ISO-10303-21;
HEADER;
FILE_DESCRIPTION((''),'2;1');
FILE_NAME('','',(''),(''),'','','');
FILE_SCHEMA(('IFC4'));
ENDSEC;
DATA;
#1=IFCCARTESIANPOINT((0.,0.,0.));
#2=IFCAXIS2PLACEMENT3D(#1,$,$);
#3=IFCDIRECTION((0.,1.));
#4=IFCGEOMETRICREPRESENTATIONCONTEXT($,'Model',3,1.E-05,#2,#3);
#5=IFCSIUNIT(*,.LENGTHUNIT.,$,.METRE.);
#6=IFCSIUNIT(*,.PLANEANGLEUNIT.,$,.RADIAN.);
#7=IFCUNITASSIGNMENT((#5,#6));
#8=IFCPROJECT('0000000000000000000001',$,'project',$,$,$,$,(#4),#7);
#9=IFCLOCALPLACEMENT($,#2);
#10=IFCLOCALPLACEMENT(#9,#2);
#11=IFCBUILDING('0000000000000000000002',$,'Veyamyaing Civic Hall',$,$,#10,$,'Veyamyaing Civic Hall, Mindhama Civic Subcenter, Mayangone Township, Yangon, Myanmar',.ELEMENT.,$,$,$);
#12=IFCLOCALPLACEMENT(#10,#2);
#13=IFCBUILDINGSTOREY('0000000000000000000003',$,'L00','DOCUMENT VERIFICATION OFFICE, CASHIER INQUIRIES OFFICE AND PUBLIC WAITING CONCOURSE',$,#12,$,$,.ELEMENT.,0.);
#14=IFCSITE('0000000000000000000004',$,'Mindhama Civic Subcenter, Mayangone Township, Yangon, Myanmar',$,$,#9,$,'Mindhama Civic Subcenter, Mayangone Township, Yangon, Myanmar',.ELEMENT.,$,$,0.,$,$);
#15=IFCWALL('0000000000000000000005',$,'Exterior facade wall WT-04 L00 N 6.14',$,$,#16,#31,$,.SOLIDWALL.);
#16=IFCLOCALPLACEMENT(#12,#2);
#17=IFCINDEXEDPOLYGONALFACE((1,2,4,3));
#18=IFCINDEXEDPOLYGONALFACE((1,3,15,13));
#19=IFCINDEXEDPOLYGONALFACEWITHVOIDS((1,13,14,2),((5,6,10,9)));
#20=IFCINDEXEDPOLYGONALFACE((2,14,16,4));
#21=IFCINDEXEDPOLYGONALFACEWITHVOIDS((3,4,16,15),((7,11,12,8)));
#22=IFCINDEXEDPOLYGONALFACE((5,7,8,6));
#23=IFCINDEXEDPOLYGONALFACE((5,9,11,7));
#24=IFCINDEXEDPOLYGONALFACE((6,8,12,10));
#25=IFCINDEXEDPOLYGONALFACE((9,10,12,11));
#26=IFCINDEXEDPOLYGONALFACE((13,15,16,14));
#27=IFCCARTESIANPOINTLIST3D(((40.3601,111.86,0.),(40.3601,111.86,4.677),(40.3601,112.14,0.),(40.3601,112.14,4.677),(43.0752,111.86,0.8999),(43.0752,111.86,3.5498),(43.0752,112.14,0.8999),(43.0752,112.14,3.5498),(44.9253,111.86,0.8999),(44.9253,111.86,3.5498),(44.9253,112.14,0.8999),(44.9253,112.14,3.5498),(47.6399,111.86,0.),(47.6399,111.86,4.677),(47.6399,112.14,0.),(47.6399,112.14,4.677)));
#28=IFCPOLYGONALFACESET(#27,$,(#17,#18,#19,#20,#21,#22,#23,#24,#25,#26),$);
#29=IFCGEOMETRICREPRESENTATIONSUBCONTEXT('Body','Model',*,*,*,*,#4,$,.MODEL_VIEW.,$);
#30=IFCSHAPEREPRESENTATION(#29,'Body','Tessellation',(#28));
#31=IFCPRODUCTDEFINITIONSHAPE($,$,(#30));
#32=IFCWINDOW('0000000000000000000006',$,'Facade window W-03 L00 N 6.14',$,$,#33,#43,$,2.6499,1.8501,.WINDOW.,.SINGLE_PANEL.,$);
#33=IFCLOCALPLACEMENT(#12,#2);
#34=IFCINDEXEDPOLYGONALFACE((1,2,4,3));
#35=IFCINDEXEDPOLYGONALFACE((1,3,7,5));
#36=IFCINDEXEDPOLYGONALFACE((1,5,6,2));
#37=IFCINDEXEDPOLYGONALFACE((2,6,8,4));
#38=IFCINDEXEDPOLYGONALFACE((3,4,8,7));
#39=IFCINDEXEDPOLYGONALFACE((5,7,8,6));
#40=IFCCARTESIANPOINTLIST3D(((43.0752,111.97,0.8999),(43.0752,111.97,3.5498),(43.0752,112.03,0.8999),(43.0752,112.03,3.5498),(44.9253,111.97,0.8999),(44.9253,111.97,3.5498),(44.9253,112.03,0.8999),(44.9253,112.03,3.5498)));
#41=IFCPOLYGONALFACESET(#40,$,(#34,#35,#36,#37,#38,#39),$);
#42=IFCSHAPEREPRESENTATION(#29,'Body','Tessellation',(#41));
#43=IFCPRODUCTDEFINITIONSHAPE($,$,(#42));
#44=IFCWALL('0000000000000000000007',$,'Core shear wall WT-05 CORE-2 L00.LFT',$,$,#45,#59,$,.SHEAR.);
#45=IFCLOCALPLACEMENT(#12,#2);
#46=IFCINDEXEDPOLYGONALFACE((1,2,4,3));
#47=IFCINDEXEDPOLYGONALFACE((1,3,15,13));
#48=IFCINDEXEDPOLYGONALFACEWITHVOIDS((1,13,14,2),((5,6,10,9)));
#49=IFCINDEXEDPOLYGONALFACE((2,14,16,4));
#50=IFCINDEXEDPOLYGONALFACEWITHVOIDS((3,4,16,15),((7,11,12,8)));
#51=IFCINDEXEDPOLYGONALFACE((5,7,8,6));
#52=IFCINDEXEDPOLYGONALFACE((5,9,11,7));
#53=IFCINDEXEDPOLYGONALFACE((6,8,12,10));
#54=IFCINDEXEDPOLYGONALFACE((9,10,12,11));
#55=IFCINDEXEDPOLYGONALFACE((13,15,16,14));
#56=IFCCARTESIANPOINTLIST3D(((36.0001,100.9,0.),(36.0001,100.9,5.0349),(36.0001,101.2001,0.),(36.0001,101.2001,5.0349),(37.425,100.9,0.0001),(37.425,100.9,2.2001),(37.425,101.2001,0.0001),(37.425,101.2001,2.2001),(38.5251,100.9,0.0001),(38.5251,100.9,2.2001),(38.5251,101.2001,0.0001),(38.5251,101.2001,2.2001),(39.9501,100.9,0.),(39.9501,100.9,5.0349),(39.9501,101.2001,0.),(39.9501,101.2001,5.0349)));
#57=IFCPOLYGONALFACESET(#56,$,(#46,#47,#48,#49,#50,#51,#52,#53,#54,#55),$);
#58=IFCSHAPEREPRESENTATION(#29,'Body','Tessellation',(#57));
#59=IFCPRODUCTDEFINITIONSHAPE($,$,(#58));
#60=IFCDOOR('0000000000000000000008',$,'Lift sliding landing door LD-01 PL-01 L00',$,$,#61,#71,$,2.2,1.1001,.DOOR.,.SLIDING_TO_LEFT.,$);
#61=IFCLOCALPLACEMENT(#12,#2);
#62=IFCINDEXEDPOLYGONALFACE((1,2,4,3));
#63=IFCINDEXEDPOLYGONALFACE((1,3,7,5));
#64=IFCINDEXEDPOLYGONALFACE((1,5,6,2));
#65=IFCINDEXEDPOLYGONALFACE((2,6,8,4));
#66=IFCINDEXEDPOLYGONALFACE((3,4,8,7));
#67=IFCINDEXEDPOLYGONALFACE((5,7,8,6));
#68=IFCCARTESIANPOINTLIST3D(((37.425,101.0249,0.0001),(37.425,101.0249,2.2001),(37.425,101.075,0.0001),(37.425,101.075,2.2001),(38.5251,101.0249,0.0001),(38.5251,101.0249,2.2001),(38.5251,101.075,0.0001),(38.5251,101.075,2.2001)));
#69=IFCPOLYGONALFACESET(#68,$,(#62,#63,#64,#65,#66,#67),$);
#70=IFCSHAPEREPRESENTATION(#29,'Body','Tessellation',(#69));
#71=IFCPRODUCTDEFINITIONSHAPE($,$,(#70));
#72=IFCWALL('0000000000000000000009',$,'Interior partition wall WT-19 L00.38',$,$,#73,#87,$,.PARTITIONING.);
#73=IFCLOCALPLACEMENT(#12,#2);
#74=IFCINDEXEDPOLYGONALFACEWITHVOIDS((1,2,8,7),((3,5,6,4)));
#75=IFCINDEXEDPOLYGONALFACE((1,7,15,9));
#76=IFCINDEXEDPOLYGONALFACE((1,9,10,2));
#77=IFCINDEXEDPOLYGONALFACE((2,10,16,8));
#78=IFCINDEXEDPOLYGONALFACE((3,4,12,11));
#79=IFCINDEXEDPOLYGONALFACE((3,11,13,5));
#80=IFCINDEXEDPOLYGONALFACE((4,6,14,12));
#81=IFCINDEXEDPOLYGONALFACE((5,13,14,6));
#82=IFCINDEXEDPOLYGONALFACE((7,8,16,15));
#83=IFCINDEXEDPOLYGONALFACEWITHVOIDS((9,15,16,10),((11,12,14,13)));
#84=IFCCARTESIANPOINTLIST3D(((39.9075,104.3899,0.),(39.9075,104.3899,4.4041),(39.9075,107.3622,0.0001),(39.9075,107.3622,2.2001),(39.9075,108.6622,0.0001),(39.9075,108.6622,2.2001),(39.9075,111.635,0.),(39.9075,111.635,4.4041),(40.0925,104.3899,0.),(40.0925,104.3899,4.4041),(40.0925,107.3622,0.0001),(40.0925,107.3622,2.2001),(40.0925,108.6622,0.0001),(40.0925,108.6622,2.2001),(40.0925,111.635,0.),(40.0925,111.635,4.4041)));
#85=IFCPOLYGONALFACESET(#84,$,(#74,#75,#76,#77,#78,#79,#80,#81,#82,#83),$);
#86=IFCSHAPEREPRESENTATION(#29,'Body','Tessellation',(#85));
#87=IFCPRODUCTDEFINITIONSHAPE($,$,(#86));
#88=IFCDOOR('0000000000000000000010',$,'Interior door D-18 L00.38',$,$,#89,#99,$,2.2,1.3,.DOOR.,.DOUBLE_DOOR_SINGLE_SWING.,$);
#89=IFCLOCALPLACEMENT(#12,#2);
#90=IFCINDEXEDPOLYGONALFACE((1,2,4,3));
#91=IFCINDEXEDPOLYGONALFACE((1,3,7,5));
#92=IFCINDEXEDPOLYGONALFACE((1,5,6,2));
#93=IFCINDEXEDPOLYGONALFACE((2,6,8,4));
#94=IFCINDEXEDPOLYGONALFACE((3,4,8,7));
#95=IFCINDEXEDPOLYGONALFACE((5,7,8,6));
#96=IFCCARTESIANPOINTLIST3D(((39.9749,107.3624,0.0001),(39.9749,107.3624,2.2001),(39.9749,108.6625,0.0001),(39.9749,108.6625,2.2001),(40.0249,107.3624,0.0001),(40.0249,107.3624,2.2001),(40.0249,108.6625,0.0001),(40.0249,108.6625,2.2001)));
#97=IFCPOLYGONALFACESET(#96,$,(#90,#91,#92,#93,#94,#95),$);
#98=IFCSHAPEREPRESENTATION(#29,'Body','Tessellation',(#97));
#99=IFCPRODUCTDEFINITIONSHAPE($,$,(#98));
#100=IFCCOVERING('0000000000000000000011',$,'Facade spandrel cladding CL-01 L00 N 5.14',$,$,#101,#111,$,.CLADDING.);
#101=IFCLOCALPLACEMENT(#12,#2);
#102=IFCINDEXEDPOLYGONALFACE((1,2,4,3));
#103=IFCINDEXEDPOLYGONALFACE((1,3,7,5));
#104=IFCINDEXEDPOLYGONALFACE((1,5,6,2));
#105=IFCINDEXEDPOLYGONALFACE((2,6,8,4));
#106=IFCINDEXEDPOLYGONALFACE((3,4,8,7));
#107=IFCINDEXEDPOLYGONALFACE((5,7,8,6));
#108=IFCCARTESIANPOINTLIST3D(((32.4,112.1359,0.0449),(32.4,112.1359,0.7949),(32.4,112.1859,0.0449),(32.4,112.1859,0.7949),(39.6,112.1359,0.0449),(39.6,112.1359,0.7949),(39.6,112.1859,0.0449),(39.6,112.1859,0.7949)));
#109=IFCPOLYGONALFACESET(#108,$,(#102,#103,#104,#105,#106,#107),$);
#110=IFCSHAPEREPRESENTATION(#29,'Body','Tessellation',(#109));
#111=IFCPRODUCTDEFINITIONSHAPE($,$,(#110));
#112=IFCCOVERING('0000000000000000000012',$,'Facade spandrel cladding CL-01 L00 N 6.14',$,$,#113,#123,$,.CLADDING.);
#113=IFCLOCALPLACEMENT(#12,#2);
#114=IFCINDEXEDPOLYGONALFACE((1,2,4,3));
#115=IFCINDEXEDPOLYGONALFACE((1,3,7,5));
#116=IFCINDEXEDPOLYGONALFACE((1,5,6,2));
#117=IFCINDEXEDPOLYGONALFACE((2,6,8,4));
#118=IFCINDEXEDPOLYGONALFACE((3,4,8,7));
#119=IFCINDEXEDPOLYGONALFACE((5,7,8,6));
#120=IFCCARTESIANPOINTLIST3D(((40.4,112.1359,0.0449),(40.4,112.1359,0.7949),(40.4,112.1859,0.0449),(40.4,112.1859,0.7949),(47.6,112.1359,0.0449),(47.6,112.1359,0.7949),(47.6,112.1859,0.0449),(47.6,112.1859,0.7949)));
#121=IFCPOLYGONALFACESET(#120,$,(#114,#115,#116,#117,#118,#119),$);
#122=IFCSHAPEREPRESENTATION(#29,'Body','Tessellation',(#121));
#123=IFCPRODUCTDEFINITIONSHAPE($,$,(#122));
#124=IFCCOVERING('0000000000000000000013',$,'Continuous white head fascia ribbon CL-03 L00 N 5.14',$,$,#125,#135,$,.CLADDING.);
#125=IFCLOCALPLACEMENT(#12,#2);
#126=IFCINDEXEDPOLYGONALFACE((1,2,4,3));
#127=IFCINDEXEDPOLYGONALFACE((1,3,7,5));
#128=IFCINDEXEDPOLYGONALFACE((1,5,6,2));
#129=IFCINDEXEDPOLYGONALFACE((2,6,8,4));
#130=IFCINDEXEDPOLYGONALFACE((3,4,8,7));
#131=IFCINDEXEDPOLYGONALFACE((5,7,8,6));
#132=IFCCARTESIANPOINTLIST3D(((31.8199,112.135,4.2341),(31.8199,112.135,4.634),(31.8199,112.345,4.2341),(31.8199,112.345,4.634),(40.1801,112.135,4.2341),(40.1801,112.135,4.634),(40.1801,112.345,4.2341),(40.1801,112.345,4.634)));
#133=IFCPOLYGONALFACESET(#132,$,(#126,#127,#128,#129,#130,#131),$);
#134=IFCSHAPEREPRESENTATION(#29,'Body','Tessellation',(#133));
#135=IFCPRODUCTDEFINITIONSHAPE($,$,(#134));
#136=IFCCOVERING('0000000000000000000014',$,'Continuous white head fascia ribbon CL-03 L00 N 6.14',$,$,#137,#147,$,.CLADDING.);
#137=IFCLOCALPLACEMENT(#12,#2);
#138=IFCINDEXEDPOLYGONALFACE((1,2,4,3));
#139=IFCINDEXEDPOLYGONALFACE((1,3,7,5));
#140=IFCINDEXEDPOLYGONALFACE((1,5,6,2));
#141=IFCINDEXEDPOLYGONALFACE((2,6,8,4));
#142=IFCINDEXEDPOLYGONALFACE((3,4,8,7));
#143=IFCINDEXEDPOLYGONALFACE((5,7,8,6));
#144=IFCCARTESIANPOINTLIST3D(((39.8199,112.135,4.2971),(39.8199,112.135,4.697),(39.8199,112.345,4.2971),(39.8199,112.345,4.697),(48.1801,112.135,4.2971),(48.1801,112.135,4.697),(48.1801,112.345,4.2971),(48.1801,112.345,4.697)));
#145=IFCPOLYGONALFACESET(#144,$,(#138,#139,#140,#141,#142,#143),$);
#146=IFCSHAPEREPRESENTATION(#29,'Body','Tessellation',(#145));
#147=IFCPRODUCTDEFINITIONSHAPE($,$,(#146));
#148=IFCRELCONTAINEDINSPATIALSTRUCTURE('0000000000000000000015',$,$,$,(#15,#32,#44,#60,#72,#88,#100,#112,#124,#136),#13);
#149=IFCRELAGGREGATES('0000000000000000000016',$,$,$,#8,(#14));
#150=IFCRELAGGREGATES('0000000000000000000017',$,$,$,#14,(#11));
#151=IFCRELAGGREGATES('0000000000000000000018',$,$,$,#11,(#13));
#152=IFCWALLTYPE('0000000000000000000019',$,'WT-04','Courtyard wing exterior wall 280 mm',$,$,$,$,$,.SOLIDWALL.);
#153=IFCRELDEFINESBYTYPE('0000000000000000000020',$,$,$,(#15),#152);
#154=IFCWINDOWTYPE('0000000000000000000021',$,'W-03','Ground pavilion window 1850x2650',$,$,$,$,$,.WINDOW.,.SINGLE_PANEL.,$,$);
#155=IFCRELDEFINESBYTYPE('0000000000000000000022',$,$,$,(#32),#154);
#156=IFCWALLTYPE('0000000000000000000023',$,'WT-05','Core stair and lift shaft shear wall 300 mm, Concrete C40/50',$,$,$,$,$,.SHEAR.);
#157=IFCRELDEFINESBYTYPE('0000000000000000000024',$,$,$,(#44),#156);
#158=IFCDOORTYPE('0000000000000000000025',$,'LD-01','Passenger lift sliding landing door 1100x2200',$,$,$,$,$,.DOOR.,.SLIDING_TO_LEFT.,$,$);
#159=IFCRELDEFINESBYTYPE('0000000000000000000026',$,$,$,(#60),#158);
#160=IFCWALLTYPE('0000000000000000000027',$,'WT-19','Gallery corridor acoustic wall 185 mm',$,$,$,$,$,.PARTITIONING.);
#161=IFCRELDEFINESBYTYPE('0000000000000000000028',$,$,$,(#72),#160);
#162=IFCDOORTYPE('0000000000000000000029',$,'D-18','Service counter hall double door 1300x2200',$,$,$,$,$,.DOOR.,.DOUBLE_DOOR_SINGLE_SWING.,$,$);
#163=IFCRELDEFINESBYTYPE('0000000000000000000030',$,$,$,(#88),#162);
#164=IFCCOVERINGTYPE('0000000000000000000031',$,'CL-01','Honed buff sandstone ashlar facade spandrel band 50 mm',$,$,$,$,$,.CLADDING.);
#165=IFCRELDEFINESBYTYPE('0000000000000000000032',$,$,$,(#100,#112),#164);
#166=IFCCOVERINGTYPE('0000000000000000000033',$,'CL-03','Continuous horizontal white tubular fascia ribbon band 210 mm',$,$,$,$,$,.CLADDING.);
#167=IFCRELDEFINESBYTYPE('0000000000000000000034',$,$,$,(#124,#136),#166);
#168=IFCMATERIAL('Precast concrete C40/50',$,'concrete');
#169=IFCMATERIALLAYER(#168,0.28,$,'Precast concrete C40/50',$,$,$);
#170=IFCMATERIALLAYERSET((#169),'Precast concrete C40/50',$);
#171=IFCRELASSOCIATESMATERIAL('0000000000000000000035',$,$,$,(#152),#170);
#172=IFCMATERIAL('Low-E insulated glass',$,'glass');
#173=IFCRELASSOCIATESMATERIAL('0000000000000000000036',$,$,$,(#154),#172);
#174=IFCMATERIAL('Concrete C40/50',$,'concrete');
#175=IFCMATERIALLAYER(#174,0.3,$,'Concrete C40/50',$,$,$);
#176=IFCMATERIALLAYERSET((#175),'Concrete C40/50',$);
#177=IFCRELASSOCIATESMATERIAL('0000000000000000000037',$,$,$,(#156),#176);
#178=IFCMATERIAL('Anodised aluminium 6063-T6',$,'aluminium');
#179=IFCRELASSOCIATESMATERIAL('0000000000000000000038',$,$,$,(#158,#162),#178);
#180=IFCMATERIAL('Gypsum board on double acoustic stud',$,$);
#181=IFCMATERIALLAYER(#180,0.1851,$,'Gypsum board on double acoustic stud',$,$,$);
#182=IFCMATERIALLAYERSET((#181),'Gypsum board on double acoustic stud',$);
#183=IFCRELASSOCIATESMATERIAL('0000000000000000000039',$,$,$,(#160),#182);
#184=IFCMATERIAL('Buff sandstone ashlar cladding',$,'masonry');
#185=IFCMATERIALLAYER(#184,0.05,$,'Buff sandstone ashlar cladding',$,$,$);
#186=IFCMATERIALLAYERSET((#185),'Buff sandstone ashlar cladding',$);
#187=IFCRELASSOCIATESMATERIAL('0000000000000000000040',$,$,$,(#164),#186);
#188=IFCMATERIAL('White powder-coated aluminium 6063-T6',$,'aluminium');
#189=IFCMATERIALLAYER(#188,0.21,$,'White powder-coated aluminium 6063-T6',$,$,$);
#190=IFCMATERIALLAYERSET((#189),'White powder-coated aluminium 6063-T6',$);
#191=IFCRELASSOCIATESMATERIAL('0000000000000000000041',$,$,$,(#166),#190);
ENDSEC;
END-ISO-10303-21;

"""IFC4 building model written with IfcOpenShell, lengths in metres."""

from ifc_helpers import new_model, si_unit, direction, frame, frame_2d, origin, origin_2d, place, context, subcontext, project, spatial, rectangle, extrude, material, layer, layer_set, type_object, element, fill, save


model = new_model("IFC4")

# Units and contexts
model_context = context("Model", 3, precision=1e-05, world=origin(), true_north=direction((0.0, 1.0)))
body_context = subcontext(model_context, "Body", "Model", "MODEL_VIEW")
ifc_project = project(units=[si_unit("LENGTHUNIT", "METRE"), si_unit("PLANEANGLEUNIT", "RADIAN")], contexts=[model_context])

# Site, building, storey
site_placement = place(None, origin())
site = spatial("IfcSite", under=ifc_project, at=site_placement, Name="Mindhama Civic Subcenter, Mayangone Township, Yangon, Myanmar", LongName="Mindhama Civic Subcenter, Mayangone Township, Yangon, Myanmar", CompositionType="ELEMENT", RefElevation=0.0)
building_placement = place(site_placement, origin())
building = spatial("IfcBuilding", under=site, at=building_placement, Name="Veyamyaing Civic Hall", LongName="Veyamyaing Civic Hall, Mindhama Civic Subcenter, Mayangone Township, Yangon, Myanmar", CompositionType="ELEMENT")
storey_placement = place(building_placement, origin())
storey = spatial("IfcBuildingStorey", under=building, at=storey_placement, Name="L00", Description="DOCUMENT VERIFICATION OFFICE, CASHIER INQUIRIES OFFICE AND PUBLIC WAITING CONCOURSE", CompositionType="ELEMENT", Elevation=0.0)

# Shared definitions
ifc_material_1 = material(Name="Anodised aluminium 6063-T6", Category="aluminium")

# Shared definitions
ifc_material_2 = material(Name="Low-E insulated glass", Category="glass")

# Wall, opening, window
ifc_material_3 = material(Name="Precast concrete C40/50", Category="concrete")
ifc_layer_1 = layer(ifc_material_3, 0.28, Name="Precast concrete C40/50")
ifc_layer_set_1 = layer_set([ifc_layer_1], Name="Precast concrete C40/50")
wall_type_1 = type_object("IfcWallType", Name="WT-04", Description="Courtyard wing exterior wall 280 mm", PredefinedType="SOLIDWALL", material=ifc_layer_set_1)
wall_1_placement = place(storey_placement, frame((40.3601, 112.0, 0.0), z_axis=(0.0, 0.0, 1.0), x_axis=(1.0, 0.0, 0.0)))
wall_1 = element("IfcWall", 1, at=wall_1_placement, inside=storey, type_object=wall_type_1, Name="Exterior facade wall WT-04 L00 N 6.14", PredefinedType="SOLIDWALL", context=body_context, shape_type="SweptSolid", body=[
    extrude(rectangle(XDim=7.2798, YDim=0.28, at=frame_2d((3.6399, 0.0))), origin(), (0.0, 0.0, 1.0), 4.677),
])
opening_1_placement = place(wall_1_placement, frame((2.7151, 0.0, 0.8999)))
opening_1 = element("IfcOpeningElement", 2, at=opening_1_placement, cuts=wall_1, PredefinedType="OPENING", context=body_context, shape_type="SweptSolid", body=[
    extrude(rectangle(XDim=1.8501, YDim=2.6499, at=frame_2d((0.925, 1.325))), frame((0.0, 0.1499, 0.0), z_axis=(0.0, -1.0, 0.0), x_axis=(1.0, 0.0, 0.0)), (0.0, 0.0, 1.0), 0.3),
])
window_type = type_object("IfcWindowType", Name="W-03", Description="Ground pavilion window 1850x2650", PartitioningType="SINGLE_PANEL", PredefinedType="WINDOW", material=ifc_material_2)
window_placement = place(opening_1_placement, origin())
window = element("IfcWindow", 3, at=window_placement, inside=storey, type_object=window_type, Name="Facade window W-03 L00 N 6.14", OverallHeight=2.6499, OverallWidth=1.8501, PartitioningType="SINGLE_PANEL", PredefinedType="WINDOW", context=body_context, shape_type="SweptSolid", body=[
    extrude(rectangle(XDim=1.8501, YDim=2.6499, at=frame_2d((0.925, 1.325))), frame((0.0, 0.03, 0.0), z_axis=(0.0, -1.0, 0.0), x_axis=(1.0, 0.0, 0.0)), (0.0, 0.0, 1.0), 0.0601),
])
fill(opening_1, window)

# Walls, openings, doors
ifc_material_4 = material(Name="Concrete C40/50", Category="concrete")
ifc_layer_2 = layer(ifc_material_4, 0.3, Name="Concrete C40/50")
ifc_layer_set_2 = layer_set([ifc_layer_2], Name="Concrete C40/50")
wall_type_2 = type_object("IfcWallType", Name="WT-05", Description="Core stair and lift shaft shear wall 300 mm, Concrete C40/50", PredefinedType="SHEAR", material=ifc_layer_set_2)
wall_2_placement = place(storey_placement, frame((36.0, 101.05, 0.0), z_axis=(0.0, 0.0, 1.0), x_axis=(1.0, 0.0, 0.0)))
wall_2 = element("IfcWall", 4, at=wall_2_placement, inside=storey, type_object=wall_type_2, Name="Core shear wall WT-05 CORE-2 L00.LFT", PredefinedType="SHEAR", context=body_context, shape_type="SweptSolid", body=[
    extrude(rectangle(XDim=3.95, YDim=0.3, at=frame_2d((1.9751, 0.0))), origin(), (0.0, 0.0, 1.0), 5.0349),
])
opening_2_placement = place(wall_2_placement, frame((1.425, 0.0, 0.0)))
opening_2 = element("IfcOpeningElement", 5, at=opening_2_placement, cuts=wall_2, PredefinedType="OPENING", context=body_context, shape_type="SweptSolid", body=[
    extrude(rectangle(XDim=1.1001, YDim=2.2, at=frame_2d((0.55, 1.1001))), frame((0.0, 0.1599, 0.0), z_axis=(0.0, -1.0, 0.0), x_axis=(1.0, 0.0, 0.0)), (0.0, 0.0, 1.0), 0.3201),
])
door_type_1 = type_object("IfcDoorType", Name="LD-01", Description="Passenger lift sliding landing door 1100x2200", OperationType="SLIDING_TO_LEFT", PredefinedType="DOOR", material=ifc_material_1)
door_1_placement = place(opening_2_placement, origin())
door_1 = element("IfcDoor", 6, at=door_1_placement, inside=storey, type_object=door_type_1, Name="Lift sliding landing door LD-01 PL-01 L00", OperationType="SLIDING_TO_LEFT", OverallHeight=2.2, OverallWidth=1.1001, PredefinedType="DOOR", context=body_context, shape_type="SweptSolid", body=[
    extrude(rectangle(XDim=1.1001, YDim=2.2, at=frame_2d((0.55, 1.1001))), frame((0.0, 0.0249, 0.0), z_axis=(0.0, -1.0, 0.0), x_axis=(1.0, 0.0, 0.0)), (0.0, 0.0, 1.0), 0.05),
])
fill(opening_2, door_1)
ifc_material_5 = material(Name="Gypsum board on double acoustic stud")
ifc_layer_3 = layer(ifc_material_5, 0.1851, Name="Gypsum board on double acoustic stud")
ifc_layer_set_3 = layer_set([ifc_layer_3], Name="Gypsum board on double acoustic stud")
wall_type_3 = type_object("IfcWallType", Name="WT-19", Description="Gallery corridor acoustic wall 185 mm", PredefinedType="PARTITIONING", material=ifc_layer_set_3)
wall_3_placement = place(storey_placement, frame((40.0, 104.3899, 0.0), z_axis=(0.0, 0.0, 1.0), x_axis=(0.0, 1.0, 0.0)))
wall_3 = element("IfcWall", 7, at=wall_3_placement, inside=storey, type_object=wall_type_3, Name="Interior partition wall WT-19 L00.38", PredefinedType="PARTITIONING", context=body_context, shape_type="SweptSolid", body=[
    extrude(rectangle(XDim=7.2451, YDim=0.1851, at=frame_2d((3.6226, 0.0))), origin(), (0.0, 0.0, 1.0), 4.4041),
])
opening_3_placement = place(wall_3_placement, frame((2.9724, 0.0, 0.0)))
opening_3 = element("IfcOpeningElement", 8, at=opening_3_placement, cuts=wall_3, PredefinedType="OPENING", context=body_context, shape_type="SweptSolid", body=[
    extrude(rectangle(XDim=1.3, YDim=2.2, at=frame_2d((0.6499, 1.1001))), frame((0.0, 0.1025, 0.0), z_axis=(0.0, -1.0, 0.0), x_axis=(1.0, 0.0, 0.0)), (0.0, 0.0, 1.0), 0.2051),
])
door_type_2 = type_object("IfcDoorType", Name="D-18", Description="Service counter hall double door 1300x2200", OperationType="DOUBLE_DOOR_SINGLE_SWING", PredefinedType="DOOR", material=ifc_material_1)
door_2_placement = place(opening_3_placement, frame((1.3, 0.0, 0.0), z_axis=(0.0, 0.0, 1.0), x_axis=(-1.0, 0.0, 0.0)))
door_2 = element("IfcDoor", 9, at=door_2_placement, inside=storey, type_object=door_type_2, Name="Interior door D-18 L00.38", OperationType="DOUBLE_DOOR_SINGLE_SWING", OverallHeight=2.2, OverallWidth=1.3, PredefinedType="DOOR", context=body_context, shape_type="SweptSolid", body=[
    extrude(rectangle(XDim=1.3, YDim=2.2, at=frame_2d((0.6499, 1.1001))), frame((0.0, 0.0249, 0.0), z_axis=(0.0, -1.0, 0.0), x_axis=(1.0, 0.0, 0.0)), (0.0, 0.0, 1.0), 0.05),
])
fill(opening_3, door_2)

# Coverings
ifc_material_6 = material(Name="Buff sandstone ashlar cladding", Category="masonry")
ifc_layer_4 = layer(ifc_material_6, 0.05, Name="Buff sandstone ashlar cladding")
ifc_layer_set_4 = layer_set([ifc_layer_4], Name="Buff sandstone ashlar cladding")
covering_type_1 = type_object("IfcCoveringType", Name="CL-01", Description="Honed buff sandstone ashlar facade spandrel band 50 mm", PredefinedType="CLADDING", material=ifc_layer_set_4)
for number, where, z_axis, x_axis, name in (
    (10, (36.0, 112.1609, 0.0449), (0.0, 0.0, 1.0), (1.0, 0.0, 0.0), "Facade spandrel cladding CL-01 L00 N 5.14"),
    (11, (44.0, 112.1609, 0.0449), (0.0, 0.0, 1.0), (1.0, 0.0, 0.0), "Facade spandrel cladding CL-01 L00 N 6.14"),
):
    element("IfcCovering", number, at=place(storey_placement, frame(where, z_axis=z_axis, x_axis=x_axis)), inside=storey, type_object=covering_type_1, Name=name, PredefinedType="CLADDING", context=body_context, shape_type="SweptSolid", body=[
        extrude(rectangle(XDim=7.2, YDim=0.05, at=origin_2d()), origin(), (0.0, 0.0, 1.0), 0.75),
    ])
ifc_material_7 = material(Name="White powder-coated aluminium 6063-T6", Category="aluminium")
ifc_layer_5 = layer(ifc_material_7, 0.21, Name="White powder-coated aluminium 6063-T6")
ifc_layer_set_5 = layer_set([ifc_layer_5], Name="White powder-coated aluminium 6063-T6")
covering_type_2 = type_object("IfcCoveringType", Name="CL-03", Description="Continuous horizontal white tubular fascia ribbon band 210 mm", PredefinedType="CLADDING", material=ifc_layer_set_5)
for number, where, z_axis, x_axis, name in (
    (12, (36.0, 112.24, 4.2341), (0.0, 0.0, 1.0), (1.0, 0.0, 0.0), "Continuous white head fascia ribbon CL-03 L00 N 5.14"),
    (13, (44.0, 112.24, 4.2971), (0.0, 0.0, 1.0), (1.0, 0.0, 0.0), "Continuous white head fascia ribbon CL-03 L00 N 6.14"),
):
    element("IfcCovering", number, at=place(storey_placement, frame(where, z_axis=z_axis, x_axis=x_axis)), inside=storey, type_object=covering_type_2, Name=name, PredefinedType="CLADDING", context=body_context, shape_type="SweptSolid", body=[
        extrude(rectangle(XDim=8.3601, YDim=0.21, at=origin_2d()), origin(), (0.0, 0.0, 1.0), 0.3999),
    ])

save(model, "model.ifc")
